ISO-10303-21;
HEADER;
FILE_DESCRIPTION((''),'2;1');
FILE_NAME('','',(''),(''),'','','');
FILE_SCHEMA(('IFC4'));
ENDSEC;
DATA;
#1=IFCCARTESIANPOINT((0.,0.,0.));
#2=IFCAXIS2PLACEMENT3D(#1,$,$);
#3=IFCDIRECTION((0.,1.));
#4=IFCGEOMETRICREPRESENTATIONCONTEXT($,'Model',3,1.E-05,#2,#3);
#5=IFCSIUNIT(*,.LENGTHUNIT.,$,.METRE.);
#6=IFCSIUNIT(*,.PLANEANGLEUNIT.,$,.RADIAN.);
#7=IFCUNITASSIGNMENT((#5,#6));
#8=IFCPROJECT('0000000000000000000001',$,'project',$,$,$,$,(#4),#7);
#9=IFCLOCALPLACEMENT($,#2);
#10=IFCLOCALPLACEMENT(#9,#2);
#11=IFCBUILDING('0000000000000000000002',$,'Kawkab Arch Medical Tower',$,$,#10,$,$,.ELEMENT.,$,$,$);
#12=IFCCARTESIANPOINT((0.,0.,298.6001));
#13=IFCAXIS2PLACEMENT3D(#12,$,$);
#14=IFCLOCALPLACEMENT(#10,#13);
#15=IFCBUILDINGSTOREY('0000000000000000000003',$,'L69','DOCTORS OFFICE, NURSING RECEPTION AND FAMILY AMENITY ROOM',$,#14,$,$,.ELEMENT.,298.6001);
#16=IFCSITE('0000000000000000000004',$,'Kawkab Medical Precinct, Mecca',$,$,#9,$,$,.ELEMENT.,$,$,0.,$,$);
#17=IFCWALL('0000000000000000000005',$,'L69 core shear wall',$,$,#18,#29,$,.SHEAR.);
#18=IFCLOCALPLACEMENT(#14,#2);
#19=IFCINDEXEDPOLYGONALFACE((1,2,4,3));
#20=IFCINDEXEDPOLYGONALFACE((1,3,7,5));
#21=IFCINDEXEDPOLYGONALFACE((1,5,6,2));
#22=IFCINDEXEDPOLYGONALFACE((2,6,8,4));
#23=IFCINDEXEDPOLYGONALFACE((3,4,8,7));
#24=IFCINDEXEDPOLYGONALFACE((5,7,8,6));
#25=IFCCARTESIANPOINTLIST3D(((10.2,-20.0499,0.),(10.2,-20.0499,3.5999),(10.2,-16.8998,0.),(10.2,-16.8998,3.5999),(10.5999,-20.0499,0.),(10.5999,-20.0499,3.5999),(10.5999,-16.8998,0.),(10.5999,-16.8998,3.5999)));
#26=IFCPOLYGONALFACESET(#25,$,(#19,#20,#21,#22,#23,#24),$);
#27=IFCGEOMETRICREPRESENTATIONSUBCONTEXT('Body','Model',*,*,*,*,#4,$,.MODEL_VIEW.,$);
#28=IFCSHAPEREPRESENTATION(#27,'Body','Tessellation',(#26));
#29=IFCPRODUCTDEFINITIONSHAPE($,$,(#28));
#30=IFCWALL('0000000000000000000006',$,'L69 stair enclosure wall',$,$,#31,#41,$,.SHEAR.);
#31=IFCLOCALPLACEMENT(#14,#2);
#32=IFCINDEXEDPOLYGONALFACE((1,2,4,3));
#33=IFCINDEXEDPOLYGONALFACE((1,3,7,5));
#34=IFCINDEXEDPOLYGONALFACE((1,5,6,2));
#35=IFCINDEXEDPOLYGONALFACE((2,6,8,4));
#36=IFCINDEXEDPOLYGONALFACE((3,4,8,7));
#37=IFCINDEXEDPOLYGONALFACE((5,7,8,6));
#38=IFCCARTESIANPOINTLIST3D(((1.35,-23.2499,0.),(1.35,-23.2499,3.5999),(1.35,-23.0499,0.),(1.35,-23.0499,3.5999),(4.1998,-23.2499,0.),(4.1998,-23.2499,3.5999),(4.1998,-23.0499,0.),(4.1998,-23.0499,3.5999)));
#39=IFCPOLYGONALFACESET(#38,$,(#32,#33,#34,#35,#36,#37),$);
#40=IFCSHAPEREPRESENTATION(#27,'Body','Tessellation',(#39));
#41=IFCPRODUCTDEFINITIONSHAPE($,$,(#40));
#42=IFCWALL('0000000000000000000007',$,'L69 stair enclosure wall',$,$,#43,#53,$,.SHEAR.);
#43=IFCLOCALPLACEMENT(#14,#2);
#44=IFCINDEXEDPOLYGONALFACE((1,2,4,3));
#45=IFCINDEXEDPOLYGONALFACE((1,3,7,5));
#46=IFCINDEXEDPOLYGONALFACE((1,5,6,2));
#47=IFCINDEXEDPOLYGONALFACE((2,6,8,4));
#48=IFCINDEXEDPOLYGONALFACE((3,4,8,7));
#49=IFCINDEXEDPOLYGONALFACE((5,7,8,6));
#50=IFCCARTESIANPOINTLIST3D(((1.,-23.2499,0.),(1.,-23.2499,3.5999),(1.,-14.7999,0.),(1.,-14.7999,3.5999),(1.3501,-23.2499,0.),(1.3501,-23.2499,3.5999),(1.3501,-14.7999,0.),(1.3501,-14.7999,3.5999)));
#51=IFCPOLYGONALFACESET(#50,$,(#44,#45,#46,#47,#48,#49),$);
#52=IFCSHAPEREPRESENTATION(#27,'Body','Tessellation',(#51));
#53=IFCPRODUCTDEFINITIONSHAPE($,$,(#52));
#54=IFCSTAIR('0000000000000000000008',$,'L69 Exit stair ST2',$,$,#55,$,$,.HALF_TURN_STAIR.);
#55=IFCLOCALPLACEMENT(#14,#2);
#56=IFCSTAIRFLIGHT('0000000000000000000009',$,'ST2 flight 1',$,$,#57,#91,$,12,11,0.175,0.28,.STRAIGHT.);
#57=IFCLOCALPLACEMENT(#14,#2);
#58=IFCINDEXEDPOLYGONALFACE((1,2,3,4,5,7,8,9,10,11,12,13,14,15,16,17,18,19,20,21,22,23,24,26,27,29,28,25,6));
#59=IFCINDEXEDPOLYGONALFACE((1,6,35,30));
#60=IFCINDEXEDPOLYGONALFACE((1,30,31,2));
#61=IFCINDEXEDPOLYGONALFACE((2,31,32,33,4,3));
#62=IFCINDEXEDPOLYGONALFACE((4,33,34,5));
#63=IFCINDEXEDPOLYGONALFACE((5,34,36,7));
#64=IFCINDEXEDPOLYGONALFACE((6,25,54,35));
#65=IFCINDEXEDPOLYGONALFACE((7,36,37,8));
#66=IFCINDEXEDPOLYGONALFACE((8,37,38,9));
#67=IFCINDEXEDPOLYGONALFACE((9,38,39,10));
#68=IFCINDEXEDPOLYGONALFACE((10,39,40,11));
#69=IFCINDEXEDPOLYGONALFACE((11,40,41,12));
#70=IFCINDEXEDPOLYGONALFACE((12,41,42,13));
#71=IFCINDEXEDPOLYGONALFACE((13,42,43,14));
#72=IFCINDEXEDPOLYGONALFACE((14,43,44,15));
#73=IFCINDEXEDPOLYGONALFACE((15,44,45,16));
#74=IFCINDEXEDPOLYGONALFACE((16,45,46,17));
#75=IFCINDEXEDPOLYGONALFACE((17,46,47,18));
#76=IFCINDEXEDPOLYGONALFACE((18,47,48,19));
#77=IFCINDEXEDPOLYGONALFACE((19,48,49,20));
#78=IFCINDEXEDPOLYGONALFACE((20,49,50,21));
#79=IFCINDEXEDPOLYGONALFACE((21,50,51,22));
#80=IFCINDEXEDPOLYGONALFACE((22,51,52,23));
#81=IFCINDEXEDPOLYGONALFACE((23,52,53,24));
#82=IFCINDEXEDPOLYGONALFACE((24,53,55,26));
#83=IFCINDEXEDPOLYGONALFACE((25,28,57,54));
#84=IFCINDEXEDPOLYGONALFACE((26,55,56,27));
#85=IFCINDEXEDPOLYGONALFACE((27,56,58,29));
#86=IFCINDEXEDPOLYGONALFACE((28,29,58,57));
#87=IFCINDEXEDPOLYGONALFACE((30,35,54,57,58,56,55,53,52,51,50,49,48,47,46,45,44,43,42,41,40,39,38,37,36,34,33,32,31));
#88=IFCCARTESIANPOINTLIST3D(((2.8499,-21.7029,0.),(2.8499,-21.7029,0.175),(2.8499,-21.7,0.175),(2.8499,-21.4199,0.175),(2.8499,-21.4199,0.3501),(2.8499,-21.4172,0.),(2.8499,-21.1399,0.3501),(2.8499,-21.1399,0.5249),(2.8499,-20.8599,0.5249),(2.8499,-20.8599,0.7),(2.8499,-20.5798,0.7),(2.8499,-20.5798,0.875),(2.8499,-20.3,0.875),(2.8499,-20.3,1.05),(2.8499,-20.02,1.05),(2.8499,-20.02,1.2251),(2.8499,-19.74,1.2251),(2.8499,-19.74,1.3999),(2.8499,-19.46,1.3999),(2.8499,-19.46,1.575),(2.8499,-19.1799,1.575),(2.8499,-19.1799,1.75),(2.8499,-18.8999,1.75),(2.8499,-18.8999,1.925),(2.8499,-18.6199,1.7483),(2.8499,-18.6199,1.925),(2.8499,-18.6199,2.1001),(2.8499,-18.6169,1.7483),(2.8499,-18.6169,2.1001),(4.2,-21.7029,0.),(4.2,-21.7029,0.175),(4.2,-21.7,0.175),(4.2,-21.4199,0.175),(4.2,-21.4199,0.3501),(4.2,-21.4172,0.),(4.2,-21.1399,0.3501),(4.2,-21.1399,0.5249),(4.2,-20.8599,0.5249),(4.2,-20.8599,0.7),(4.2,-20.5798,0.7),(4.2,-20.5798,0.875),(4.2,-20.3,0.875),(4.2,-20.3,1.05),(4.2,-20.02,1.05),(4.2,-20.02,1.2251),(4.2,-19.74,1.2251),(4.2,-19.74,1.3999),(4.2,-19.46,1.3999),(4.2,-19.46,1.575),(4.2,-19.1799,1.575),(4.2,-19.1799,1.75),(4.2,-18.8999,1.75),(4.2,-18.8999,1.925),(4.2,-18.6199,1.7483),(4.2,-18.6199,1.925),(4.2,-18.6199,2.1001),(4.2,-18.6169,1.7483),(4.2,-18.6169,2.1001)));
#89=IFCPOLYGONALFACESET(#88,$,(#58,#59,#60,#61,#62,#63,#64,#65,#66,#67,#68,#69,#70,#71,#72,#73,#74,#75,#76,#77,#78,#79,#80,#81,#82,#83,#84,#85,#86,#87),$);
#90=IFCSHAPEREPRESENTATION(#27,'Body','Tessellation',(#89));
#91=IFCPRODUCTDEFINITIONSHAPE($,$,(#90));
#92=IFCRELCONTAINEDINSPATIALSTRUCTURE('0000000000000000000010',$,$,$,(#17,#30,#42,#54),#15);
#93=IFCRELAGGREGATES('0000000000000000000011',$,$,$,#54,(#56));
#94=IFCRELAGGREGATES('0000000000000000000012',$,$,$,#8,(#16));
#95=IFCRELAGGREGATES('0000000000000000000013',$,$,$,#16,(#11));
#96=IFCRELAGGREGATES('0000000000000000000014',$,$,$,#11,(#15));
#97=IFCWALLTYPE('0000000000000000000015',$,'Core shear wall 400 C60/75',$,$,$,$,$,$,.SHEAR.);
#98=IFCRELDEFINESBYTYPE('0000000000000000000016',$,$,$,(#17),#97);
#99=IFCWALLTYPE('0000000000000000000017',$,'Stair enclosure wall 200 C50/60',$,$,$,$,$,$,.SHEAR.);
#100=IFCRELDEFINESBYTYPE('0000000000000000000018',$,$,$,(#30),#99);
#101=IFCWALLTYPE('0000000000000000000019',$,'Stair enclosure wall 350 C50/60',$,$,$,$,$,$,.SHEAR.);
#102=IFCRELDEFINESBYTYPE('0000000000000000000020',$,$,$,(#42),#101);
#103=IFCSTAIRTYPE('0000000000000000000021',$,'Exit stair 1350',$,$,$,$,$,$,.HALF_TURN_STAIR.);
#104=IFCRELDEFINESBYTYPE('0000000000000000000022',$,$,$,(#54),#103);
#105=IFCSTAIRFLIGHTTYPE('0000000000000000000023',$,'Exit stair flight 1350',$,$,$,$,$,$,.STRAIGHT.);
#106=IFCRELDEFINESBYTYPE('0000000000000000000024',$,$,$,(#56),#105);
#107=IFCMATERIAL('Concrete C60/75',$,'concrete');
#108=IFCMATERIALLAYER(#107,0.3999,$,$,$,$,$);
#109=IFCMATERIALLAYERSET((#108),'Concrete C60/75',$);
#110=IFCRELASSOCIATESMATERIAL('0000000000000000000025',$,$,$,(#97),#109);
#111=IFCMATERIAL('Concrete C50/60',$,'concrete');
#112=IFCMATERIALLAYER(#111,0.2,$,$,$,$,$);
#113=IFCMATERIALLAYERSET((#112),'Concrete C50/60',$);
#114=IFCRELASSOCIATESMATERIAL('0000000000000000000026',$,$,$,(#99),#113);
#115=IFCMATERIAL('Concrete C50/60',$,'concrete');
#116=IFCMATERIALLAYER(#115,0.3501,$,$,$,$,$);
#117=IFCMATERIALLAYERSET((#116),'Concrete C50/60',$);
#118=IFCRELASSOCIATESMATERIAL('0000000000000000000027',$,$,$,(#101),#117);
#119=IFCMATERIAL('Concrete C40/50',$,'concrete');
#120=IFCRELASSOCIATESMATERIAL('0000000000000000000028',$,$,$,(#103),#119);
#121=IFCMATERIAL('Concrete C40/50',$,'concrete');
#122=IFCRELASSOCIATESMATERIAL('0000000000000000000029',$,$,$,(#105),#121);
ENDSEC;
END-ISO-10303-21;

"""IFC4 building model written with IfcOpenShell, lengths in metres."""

from ifc_helpers import new_model, si_unit, direction, frame, frame_2d, origin, place, context, subcontext, project, spatial, polyline, rectangle, outline, extrude, material, layer, layer_set, type_object, element, aggregate, save


model = new_model("IFC4")

# Units and contexts
model_context = context("Model", 3, precision=1e-05, world=origin(), true_north=direction((0.0, 1.0)))
body_context = subcontext(model_context, "Body", "Model", "MODEL_VIEW")
ifc_project = project(units=[si_unit("LENGTHUNIT", "METRE"), si_unit("PLANEANGLEUNIT", "RADIAN")], contexts=[model_context])

# Site, building, storey
site_placement = place(None, origin())
site = spatial("IfcSite", under=ifc_project, at=site_placement, Name="Kawkab Medical Precinct, Mecca", CompositionType="ELEMENT", RefElevation=0.0)
building_placement = place(site_placement, origin())
building = spatial("IfcBuilding", under=site, at=building_placement, Name="Kawkab Arch Medical Tower", CompositionType="ELEMENT")
storey_placement = place(building_placement, frame((0.0, 0.0, 298.6001)))
storey = spatial("IfcBuildingStorey", under=building, at=storey_placement, Name="L69", Description="DOCTORS OFFICE, NURSING RECEPTION AND FAMILY AMENITY ROOM", CompositionType="ELEMENT", Elevation=298.6001)

# Shared definitions
ifc_material_1 = material(Name="Concrete C60/75", Category="concrete")
ifc_layer_1 = layer(ifc_material_1, 0.3999)
ifc_layer_set_1 = layer_set([ifc_layer_1], Name="Concrete C60/75")
wall_type_1 = type_object("IfcWallType", Name="Core shear wall 400 C60/75", PredefinedType="SHEAR", material=ifc_layer_set_1)

# Walls
wall_1_placement = place(storey_placement, frame((10.3999, -20.05, 0.0), z_axis=(0.0, 0.0, 1.0), x_axis=(0.0, 1.0, 0.0)))
element("IfcWall", 1, at=wall_1_placement, inside=storey, type_object=wall_type_1, Name="L69 core shear wall", PredefinedType="SHEAR", context=body_context, shape_type="SweptSolid", body=[
    extrude(rectangle(XDim=3.1501, YDim=0.3999, at=frame_2d((1.5752, 0.0))), origin(), (0.0, 0.0, 1.0), 3.5999),
])
ifc_material_2 = material(Name="Concrete C50/60", Category="concrete")
ifc_layer_2 = layer(ifc_material_2, 0.2)
ifc_layer_set_2 = layer_set([ifc_layer_2], Name="Concrete C50/60")
wall_type_2 = type_object("IfcWallType", Name="Stair enclosure wall 200 C50/60", PredefinedType="SHEAR", material=ifc_layer_set_2)
wall_2_placement = place(storey_placement, frame((1.3501, -23.1499, 0.0), z_axis=(0.0, 0.0, 1.0), x_axis=(1.0, 0.0, 0.0)))
element("IfcWall", 2, at=wall_2_placement, inside=storey, type_object=wall_type_2, Name="L69 stair enclosure wall", PredefinedType="SHEAR", context=body_context, shape_type="SweptSolid", body=[
    extrude(rectangle(XDim=2.8499, YDim=0.2, at=frame_2d((1.4248, 0.0))), origin(), (0.0, 0.0, 1.0), 3.5999),
])
ifc_material_3 = material(Name="Concrete C50/60", Category="concrete")
ifc_layer_3 = layer(ifc_material_3, 0.3501)
ifc_layer_set_3 = layer_set([ifc_layer_3], Name="Concrete C50/60")
wall_type_3 = type_object("IfcWallType", Name="Stair enclosure wall 350 C50/60", PredefinedType="SHEAR", material=ifc_layer_set_3)
wall_3_placement = place(storey_placement, frame((1.175, -23.25, 0.0), z_axis=(0.0, 0.0, 1.0), x_axis=(0.0, 1.0, 0.0)))
element("IfcWall", 3, at=wall_3_placement, inside=storey, type_object=wall_type_3, Name="L69 stair enclosure wall", PredefinedType="SHEAR", context=body_context, shape_type="SweptSolid", body=[
    extrude(rectangle(XDim=8.45, YDim=0.3501, at=frame_2d((4.2251, 0.0))), origin(), (0.0, 0.0, 1.0), 3.5999),
])

# Stair, stair flight
ifc_material_4 = material(Name="Concrete C40/50", Category="concrete")
stair_type = type_object("IfcStairType", Name="Exit stair 1350", PredefinedType="HALF_TURN_STAIR", material=ifc_material_4)
stair_placement = place(storey_placement, origin())
stair = element("IfcStair", 4, at=stair_placement, inside=storey, type_object=stair_type, Name="L69 Exit stair ST2", PredefinedType="HALF_TURN_STAIR")
ifc_material_5 = material(Name="Concrete C40/50", Category="concrete")
stair_flight_type = type_object("IfcStairFlightType", Name="Exit stair flight 1350", PredefinedType="STRAIGHT", material=ifc_material_5)
stair_flight_placement = place(storey_placement, frame((3.5249, -21.7, 0.0), z_axis=(0.0, 0.0, 1.0), x_axis=(0.0, 1.0, 0.0)))
stair_flight = element("IfcStairFlight", 5, at=stair_flight_placement, type_object=stair_flight_type, Name="ST2 flight 1", NumberOfRisers=12, NumberOfTreads=11, PredefinedType="STRAIGHT", RiserHeight=0.175, TreadLength=0.28, context=body_context, shape_type="SweptSolid", body=[
    extrude(outline(polyline([(-0.0029, 0.0), (-0.0029, 0.175), (0.0, 0.175), (0.28, 0.175), (0.28, 0.3501), (0.5601, 0.3501), (0.5601, 0.5249), (0.8401, 0.5249), (0.8401, 0.7), (1.1201, 0.7), (1.1201, 0.875), (1.3999, 0.875), (1.3999, 1.05), (1.6799, 1.05), (1.6799, 1.2251), (1.96, 1.2251), (1.96, 1.3999), (2.24, 1.3999), (2.24, 1.575), (2.52, 1.575), (2.52, 1.75), (2.8, 1.75), (2.8, 1.925), (3.0801, 1.925), (3.0801, 2.1001), (3.083, 2.1001), (3.083, 1.7483), (3.0801, 1.7483), (0.2827, 0.0), (-0.0029, 0.0)])), frame((0.0, 0.675, 0.0), z_axis=(0.0, -1.0, 0.0), x_axis=(1.0, 0.0, 0.0)), (0.0, 0.0, 1.0), 1.3501),
])
aggregate(stair, [stair_flight])

save(model, "model.ifc")
